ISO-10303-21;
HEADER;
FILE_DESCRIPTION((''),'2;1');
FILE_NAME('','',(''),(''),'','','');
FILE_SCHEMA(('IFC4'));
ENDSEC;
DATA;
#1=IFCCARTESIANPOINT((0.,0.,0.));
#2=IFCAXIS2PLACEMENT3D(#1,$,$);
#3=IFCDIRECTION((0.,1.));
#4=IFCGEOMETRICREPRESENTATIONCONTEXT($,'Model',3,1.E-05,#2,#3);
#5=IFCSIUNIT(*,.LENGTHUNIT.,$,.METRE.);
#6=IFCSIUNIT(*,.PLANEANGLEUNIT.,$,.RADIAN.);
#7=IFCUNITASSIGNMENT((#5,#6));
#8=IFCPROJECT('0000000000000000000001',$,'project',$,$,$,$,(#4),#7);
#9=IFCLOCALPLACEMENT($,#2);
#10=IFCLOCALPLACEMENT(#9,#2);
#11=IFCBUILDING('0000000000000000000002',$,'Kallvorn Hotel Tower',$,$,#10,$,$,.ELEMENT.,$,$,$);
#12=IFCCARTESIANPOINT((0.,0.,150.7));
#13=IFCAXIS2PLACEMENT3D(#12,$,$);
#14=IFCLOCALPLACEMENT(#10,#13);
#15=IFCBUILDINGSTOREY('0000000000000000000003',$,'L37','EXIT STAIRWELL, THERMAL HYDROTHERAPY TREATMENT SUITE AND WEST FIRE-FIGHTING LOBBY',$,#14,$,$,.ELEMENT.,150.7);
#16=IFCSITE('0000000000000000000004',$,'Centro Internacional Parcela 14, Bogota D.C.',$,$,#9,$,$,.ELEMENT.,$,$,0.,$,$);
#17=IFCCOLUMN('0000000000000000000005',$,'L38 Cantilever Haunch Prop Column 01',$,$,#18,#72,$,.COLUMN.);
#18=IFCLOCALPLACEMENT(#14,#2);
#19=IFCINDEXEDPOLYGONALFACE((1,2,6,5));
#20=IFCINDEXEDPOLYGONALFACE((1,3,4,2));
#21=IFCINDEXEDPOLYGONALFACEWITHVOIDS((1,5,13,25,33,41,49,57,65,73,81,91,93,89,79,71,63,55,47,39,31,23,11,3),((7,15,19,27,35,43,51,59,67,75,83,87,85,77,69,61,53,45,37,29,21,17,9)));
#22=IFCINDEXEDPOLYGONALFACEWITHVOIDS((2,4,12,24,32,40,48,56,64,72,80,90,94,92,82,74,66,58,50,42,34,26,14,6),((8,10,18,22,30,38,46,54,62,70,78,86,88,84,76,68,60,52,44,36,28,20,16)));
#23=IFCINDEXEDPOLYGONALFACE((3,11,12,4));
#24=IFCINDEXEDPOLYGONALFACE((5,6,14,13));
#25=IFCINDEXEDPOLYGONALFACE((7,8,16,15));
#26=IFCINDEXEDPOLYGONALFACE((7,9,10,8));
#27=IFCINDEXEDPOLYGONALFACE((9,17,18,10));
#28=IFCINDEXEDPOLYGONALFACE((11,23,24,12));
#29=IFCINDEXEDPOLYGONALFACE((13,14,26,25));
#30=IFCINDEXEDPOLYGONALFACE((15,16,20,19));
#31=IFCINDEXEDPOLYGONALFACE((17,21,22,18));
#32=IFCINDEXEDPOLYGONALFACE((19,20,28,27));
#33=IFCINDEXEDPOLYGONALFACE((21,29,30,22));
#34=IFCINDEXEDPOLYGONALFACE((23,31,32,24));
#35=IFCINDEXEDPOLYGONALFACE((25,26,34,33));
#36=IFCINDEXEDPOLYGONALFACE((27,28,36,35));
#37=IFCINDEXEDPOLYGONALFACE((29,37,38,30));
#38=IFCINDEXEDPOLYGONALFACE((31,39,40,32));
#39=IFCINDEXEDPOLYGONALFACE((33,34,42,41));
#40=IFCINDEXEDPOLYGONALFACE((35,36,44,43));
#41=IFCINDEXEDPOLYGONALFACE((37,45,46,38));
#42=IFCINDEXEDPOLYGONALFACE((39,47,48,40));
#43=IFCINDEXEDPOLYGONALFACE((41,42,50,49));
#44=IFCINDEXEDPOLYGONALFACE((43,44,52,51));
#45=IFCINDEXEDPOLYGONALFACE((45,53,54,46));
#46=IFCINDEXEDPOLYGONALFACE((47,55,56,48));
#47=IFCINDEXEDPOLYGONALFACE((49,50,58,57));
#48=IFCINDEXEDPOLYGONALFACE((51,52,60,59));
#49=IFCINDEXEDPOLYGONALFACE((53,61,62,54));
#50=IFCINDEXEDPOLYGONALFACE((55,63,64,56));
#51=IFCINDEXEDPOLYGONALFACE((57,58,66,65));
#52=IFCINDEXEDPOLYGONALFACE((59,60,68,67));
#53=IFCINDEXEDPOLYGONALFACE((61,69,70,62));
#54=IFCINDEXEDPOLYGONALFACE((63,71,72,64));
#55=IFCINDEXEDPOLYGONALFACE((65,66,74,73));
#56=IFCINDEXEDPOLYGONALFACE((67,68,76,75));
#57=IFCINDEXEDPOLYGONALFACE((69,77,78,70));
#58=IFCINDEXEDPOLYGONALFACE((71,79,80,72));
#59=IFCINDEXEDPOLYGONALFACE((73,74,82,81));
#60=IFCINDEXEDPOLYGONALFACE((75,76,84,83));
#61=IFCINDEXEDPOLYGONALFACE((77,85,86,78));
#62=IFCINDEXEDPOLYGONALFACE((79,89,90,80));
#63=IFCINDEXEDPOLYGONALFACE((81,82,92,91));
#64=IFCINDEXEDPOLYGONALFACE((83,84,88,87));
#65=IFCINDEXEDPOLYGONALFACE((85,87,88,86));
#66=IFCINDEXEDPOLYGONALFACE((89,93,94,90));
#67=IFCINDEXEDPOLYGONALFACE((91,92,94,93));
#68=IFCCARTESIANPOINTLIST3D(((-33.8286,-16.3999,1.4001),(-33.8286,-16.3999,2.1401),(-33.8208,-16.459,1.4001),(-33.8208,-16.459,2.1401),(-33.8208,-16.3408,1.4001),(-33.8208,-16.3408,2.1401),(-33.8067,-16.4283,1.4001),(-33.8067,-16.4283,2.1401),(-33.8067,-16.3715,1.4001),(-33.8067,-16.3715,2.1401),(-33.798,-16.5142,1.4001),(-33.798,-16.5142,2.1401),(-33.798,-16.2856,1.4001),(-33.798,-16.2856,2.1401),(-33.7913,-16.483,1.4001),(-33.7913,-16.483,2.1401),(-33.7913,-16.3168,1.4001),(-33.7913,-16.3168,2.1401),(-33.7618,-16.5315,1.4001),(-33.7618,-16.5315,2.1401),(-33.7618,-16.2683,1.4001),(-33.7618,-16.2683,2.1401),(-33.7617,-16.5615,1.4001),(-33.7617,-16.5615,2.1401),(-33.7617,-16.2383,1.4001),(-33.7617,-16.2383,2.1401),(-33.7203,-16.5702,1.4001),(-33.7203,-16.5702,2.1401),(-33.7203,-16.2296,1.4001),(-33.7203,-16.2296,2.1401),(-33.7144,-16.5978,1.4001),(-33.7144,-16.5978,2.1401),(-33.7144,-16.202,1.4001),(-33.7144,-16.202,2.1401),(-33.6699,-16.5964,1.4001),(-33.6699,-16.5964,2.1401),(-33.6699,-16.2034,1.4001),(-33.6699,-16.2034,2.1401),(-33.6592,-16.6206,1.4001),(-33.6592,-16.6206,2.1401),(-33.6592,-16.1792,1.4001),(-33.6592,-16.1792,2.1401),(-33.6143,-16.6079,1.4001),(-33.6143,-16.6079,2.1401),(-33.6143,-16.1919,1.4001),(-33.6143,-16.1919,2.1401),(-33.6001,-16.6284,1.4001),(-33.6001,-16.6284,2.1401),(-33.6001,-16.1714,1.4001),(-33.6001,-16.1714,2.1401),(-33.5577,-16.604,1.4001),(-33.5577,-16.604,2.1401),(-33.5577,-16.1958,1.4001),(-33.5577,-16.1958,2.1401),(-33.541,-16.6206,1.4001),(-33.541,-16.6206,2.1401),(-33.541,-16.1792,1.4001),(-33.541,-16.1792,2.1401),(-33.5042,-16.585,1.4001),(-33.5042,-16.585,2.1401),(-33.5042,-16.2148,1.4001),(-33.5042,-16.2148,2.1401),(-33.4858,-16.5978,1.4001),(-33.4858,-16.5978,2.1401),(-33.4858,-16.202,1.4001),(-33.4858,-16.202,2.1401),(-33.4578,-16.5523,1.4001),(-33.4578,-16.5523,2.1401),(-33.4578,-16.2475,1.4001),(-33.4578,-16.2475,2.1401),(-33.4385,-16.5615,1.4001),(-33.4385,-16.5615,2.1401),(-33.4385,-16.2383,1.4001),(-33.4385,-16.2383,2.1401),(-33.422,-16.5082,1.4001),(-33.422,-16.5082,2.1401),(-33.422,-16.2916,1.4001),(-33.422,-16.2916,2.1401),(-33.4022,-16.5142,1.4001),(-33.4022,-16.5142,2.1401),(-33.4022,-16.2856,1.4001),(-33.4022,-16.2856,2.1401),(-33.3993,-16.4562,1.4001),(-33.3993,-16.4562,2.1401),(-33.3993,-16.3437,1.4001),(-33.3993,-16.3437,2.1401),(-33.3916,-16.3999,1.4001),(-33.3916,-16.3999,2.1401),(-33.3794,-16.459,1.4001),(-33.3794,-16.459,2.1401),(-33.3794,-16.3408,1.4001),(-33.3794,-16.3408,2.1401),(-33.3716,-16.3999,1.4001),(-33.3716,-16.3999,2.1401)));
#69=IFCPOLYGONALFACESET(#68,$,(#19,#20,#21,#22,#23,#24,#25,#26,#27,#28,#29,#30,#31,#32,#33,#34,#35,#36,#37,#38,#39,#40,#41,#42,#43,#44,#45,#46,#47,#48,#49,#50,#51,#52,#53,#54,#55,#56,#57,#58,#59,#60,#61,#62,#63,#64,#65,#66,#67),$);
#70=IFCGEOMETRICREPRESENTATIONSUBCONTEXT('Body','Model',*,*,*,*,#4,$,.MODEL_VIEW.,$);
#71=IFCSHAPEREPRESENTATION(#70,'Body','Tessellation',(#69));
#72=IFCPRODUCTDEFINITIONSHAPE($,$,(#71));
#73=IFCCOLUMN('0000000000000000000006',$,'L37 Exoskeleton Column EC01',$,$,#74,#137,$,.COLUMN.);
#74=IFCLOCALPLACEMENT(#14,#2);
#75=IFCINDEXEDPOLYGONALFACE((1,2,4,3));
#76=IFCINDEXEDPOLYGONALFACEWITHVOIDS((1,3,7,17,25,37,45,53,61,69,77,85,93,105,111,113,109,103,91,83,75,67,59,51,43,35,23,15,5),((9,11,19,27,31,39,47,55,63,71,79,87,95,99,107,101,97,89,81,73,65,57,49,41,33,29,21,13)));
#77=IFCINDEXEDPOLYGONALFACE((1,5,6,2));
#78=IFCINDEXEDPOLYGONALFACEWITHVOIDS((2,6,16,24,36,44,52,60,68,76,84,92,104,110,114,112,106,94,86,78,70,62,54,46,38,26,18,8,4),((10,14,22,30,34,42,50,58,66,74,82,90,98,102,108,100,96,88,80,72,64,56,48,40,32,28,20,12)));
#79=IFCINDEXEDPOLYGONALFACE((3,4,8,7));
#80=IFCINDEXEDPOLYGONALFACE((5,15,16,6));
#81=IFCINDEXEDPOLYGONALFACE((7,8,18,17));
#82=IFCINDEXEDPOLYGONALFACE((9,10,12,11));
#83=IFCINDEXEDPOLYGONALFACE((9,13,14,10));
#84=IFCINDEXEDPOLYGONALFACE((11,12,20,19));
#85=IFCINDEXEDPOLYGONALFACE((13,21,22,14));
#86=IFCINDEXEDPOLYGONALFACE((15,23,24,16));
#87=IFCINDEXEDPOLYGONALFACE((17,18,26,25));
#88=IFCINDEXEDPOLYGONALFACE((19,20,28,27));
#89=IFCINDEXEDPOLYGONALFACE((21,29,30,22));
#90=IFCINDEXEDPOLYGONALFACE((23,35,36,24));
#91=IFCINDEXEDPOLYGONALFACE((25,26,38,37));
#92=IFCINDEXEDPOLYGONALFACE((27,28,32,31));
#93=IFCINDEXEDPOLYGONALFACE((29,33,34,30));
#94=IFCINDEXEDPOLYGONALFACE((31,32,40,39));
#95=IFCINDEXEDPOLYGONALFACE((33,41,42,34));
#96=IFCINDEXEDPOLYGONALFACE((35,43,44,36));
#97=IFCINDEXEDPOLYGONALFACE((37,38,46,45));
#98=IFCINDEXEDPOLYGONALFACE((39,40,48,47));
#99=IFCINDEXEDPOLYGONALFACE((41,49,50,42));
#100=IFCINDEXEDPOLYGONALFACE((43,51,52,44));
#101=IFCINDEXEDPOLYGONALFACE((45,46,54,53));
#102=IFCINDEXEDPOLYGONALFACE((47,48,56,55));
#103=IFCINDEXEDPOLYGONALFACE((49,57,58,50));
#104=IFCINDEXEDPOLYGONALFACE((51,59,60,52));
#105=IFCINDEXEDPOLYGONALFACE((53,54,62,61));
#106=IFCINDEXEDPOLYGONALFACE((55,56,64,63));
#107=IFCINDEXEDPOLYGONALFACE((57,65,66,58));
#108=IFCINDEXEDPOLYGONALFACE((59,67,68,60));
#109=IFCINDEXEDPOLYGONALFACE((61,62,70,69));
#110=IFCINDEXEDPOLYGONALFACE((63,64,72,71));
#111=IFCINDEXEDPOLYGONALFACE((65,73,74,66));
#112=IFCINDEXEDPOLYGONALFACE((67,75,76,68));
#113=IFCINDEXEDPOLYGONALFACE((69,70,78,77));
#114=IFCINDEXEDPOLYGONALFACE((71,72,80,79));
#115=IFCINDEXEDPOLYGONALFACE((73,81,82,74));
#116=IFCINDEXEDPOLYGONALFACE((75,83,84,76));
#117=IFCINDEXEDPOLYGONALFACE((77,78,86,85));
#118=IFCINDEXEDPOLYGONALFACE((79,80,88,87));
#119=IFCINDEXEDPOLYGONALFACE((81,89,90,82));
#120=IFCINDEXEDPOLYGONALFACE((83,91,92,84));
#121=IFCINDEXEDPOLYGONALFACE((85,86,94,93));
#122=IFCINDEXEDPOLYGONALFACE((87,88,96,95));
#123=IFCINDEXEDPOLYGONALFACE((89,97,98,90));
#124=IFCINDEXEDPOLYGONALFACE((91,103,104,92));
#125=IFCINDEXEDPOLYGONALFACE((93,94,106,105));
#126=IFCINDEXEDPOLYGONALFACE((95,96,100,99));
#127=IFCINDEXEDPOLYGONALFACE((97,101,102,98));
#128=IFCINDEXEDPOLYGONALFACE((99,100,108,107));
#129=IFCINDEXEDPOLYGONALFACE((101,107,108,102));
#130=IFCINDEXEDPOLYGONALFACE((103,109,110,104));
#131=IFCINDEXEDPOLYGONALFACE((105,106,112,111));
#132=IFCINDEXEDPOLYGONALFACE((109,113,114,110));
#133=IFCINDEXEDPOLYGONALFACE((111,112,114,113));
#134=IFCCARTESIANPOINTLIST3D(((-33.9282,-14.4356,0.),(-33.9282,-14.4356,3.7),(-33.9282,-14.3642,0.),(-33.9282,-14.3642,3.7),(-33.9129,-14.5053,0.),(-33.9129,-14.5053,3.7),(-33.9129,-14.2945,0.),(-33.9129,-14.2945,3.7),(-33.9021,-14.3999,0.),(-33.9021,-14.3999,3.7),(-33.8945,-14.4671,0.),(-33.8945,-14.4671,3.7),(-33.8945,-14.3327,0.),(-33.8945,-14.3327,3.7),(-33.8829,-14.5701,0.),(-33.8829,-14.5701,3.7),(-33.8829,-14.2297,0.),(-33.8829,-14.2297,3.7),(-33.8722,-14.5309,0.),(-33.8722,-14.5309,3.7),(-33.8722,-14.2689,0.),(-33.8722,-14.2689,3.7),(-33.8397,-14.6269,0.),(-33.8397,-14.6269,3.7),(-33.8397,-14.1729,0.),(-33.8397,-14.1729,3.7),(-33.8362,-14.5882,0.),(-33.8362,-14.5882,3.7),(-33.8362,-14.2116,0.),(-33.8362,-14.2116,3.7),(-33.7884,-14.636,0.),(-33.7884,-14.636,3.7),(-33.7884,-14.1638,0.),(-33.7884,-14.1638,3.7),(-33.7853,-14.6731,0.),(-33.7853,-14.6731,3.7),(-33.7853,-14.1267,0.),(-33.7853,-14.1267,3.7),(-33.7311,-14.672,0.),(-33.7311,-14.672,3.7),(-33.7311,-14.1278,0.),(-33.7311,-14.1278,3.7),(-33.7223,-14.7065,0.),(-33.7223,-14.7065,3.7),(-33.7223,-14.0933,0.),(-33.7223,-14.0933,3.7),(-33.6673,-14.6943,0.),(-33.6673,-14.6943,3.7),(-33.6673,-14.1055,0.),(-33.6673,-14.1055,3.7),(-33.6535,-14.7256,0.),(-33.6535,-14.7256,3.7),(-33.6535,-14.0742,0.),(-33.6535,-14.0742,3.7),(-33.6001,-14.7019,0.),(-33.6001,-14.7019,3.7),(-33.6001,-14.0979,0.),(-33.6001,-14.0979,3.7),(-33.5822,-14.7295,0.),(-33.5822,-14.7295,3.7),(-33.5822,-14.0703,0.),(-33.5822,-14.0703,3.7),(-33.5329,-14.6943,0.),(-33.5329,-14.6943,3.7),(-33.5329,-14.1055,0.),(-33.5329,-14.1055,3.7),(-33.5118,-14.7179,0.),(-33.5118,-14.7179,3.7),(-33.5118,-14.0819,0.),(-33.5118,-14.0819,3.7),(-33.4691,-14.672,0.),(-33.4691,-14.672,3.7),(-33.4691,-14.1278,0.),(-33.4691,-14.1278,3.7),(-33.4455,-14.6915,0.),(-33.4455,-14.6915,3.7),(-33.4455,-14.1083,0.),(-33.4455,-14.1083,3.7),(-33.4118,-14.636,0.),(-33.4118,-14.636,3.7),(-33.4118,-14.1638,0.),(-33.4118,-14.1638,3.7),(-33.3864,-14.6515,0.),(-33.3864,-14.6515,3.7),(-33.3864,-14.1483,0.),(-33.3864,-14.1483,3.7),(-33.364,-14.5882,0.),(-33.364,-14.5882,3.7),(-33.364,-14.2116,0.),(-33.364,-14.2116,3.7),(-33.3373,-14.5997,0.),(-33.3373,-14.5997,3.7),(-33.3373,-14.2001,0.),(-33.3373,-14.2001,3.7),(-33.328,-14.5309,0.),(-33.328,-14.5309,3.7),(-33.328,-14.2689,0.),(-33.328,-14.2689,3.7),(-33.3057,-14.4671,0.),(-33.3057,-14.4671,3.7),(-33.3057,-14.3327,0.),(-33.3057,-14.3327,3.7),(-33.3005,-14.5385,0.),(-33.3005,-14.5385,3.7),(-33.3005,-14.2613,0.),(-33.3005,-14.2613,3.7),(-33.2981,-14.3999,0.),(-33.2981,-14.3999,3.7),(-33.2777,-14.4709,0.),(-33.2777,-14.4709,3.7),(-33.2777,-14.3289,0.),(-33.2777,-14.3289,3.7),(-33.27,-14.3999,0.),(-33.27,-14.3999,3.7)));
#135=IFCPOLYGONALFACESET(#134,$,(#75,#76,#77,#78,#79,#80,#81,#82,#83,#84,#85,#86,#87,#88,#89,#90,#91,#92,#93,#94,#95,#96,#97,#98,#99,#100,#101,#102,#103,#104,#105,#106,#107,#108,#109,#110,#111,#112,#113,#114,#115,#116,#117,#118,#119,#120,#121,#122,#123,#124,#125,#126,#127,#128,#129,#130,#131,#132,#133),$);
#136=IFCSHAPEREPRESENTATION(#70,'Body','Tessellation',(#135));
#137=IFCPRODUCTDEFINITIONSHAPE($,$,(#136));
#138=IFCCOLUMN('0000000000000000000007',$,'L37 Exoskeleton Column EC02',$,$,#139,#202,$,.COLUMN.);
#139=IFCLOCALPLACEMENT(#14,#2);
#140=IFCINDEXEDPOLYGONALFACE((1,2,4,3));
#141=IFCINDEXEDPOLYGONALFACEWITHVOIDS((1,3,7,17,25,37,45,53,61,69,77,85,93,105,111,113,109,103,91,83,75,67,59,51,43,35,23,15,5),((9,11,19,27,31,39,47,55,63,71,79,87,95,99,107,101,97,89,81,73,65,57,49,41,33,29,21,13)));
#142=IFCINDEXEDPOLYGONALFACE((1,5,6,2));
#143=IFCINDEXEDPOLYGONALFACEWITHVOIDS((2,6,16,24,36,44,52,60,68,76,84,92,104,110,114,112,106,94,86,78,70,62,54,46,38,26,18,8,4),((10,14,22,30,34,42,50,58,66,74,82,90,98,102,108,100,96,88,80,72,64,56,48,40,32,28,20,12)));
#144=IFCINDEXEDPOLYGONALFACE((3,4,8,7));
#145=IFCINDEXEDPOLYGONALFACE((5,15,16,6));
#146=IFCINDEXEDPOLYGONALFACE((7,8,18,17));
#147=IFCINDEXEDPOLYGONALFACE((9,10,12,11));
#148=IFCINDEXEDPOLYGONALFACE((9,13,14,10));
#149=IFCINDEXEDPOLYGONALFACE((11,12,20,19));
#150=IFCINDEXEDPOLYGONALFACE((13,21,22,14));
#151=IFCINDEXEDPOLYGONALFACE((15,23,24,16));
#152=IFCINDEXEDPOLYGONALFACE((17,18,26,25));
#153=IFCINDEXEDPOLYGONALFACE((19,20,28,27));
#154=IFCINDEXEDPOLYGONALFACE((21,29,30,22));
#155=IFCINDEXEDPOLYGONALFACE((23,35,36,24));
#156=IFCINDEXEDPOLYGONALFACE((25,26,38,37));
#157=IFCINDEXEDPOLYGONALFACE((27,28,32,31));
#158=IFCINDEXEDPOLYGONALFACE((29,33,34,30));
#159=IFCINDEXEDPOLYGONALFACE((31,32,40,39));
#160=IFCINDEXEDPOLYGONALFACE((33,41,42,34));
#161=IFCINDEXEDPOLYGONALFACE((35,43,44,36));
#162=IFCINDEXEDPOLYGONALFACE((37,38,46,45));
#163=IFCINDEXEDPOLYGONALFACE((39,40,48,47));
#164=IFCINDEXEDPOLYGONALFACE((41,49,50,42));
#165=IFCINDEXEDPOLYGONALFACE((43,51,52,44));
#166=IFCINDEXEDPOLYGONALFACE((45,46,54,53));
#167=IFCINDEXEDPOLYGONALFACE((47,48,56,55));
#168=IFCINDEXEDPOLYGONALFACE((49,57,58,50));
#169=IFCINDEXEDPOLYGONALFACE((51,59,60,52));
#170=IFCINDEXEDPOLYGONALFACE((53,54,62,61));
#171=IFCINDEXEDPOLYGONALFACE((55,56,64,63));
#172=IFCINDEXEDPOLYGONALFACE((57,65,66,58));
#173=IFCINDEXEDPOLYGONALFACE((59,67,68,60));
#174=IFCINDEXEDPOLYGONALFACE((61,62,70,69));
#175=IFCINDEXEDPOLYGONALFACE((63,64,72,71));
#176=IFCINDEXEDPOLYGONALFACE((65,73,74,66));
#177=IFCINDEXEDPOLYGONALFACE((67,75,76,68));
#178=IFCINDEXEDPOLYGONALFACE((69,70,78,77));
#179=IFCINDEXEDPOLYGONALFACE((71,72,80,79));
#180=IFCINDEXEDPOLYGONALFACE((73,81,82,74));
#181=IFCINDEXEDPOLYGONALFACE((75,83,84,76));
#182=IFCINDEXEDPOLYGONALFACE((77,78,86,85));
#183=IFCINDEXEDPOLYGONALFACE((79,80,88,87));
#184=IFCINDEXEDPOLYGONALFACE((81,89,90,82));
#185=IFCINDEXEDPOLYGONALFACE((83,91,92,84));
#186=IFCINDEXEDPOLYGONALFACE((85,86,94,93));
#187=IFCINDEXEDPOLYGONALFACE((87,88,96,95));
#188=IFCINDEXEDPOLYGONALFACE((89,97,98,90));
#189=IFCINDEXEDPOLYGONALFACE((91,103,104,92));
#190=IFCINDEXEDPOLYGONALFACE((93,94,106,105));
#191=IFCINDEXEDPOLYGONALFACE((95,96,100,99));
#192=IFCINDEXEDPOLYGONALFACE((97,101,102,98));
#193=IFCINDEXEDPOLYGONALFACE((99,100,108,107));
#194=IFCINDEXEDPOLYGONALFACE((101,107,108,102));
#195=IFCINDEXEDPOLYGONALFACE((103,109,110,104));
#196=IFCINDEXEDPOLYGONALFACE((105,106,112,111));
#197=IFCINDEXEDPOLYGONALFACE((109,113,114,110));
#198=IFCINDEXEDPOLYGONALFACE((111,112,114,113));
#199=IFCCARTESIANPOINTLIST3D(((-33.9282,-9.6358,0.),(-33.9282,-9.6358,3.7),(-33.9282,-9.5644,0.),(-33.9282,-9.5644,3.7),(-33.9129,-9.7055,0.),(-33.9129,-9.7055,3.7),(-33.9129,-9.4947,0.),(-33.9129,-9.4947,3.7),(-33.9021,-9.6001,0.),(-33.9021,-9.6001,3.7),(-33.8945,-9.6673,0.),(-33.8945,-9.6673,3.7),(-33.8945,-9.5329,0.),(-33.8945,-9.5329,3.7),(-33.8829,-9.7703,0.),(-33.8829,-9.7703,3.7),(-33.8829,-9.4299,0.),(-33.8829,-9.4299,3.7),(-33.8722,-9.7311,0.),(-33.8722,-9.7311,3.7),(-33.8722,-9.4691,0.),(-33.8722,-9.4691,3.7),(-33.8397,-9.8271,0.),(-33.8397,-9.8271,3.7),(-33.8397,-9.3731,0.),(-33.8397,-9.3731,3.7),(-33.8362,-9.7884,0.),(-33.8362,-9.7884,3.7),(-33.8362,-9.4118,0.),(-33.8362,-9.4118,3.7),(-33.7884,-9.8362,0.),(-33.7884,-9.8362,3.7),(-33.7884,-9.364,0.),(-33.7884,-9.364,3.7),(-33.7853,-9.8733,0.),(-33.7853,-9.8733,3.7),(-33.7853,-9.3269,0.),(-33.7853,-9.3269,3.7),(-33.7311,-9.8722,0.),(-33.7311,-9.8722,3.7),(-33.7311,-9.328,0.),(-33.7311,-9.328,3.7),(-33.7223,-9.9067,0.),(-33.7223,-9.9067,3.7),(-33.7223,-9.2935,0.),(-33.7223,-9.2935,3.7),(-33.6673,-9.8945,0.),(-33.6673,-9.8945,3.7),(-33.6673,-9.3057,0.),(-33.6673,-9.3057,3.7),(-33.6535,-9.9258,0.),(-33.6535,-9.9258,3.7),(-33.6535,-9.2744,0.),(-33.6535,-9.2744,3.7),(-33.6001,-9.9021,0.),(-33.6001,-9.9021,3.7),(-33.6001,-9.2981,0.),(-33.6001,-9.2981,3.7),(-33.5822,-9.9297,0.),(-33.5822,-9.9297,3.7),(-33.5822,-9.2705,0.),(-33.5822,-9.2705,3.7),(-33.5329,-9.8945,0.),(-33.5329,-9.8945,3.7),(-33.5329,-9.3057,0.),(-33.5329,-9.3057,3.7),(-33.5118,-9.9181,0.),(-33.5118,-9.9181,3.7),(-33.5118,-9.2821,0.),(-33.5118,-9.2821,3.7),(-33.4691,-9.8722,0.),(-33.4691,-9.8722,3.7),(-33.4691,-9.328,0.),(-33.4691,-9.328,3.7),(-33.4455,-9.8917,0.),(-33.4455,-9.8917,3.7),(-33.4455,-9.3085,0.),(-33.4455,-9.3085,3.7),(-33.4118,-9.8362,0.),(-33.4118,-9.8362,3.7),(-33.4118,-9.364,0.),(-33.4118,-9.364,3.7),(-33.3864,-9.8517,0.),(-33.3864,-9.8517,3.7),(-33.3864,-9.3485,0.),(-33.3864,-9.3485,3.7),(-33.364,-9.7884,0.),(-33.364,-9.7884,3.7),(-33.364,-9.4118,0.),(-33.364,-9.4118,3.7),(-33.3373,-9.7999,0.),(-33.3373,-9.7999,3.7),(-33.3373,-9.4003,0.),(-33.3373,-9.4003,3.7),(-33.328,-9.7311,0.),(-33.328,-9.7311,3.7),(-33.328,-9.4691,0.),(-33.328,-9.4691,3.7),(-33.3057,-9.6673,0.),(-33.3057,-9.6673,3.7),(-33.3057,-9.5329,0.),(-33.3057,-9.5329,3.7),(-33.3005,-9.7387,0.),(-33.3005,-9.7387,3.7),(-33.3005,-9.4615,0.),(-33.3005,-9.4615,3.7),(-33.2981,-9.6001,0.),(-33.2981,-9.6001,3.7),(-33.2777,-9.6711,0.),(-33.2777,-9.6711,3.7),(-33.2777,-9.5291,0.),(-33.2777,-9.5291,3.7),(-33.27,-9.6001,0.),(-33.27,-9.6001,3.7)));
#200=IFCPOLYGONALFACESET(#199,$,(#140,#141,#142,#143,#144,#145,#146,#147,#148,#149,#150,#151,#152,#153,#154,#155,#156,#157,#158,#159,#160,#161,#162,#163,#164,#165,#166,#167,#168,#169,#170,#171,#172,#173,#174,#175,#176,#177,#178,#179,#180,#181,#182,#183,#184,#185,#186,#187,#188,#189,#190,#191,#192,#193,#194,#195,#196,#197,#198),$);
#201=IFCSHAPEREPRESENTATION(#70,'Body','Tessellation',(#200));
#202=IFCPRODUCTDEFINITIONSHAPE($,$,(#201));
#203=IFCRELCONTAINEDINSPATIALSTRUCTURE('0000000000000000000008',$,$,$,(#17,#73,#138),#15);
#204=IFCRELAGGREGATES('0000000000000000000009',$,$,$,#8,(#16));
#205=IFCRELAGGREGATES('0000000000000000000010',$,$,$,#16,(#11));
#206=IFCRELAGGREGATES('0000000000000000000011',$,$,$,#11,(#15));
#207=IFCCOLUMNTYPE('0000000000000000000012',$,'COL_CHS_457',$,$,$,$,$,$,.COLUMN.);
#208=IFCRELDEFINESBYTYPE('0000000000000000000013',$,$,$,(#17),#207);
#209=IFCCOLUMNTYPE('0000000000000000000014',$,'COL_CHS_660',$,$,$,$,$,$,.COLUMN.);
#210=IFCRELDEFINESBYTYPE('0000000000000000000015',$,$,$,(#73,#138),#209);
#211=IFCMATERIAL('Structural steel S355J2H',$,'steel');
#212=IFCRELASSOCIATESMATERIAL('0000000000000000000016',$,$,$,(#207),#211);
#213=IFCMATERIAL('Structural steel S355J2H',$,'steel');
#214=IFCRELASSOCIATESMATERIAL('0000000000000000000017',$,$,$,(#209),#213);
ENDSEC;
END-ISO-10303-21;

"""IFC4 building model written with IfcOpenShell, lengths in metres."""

from ifc_helpers import new_model, si_unit, direction, frame, origin, origin_2d, place, context, subcontext, project, spatial, hollow_circle, extrude, material, material_profile, profile_set, type_object, element, save


model = new_model("IFC4")

# Units and contexts
model_context = context("Model", 3, precision=1e-05, world=origin(), true_north=direction((0.0, 1.0)))
body_context = subcontext(model_context, "Body", "Model", "MODEL_VIEW")
ifc_project = project(units=[si_unit("LENGTHUNIT", "METRE"), si_unit("PLANEANGLEUNIT", "RADIAN")], contexts=[model_context])

# Site, building, storey
site_placement = place(None, origin())
site = spatial("IfcSite", under=ifc_project, at=site_placement, Name="Centro Internacional Parcela 14, Bogota D.C.", CompositionType="ELEMENT", RefElevation=0.0)
building_placement = place(site_placement, origin())
building = spatial("IfcBuilding", under=site, at=building_placement, Name="Kallvorn Hotel Tower", CompositionType="ELEMENT")
storey_placement = place(building_placement, frame((0.0, 0.0, 150.7)))
storey = spatial("IfcBuildingStorey", under=building, at=storey_placement, Name="L37", Description="EXIT STAIRWELL, THERMAL HYDROTHERAPY TREATMENT SUITE AND WEST FIRE-FIGHTING LOBBY", CompositionType="ELEMENT", Elevation=150.7)

# Columns
ifc_material_1 = material(Name="Structural steel S355J2H", Category="steel")
ifc_material_profile_1 = material_profile(ifc_material_1, hollow_circle(Radius=0.2285, WallThickness=0.02, at=origin_2d()), Name="CHS 457x20")
ifc_profile_set_1 = profile_set([ifc_material_profile_1], Name="Structural steel S355J2H")
column_type_1 = type_object("IfcColumnType", Name="COL_CHS_457", PredefinedType="COLUMN", material=ifc_profile_set_1)
column_placement = place(storey_placement, frame((-33.6001, -16.3999, 1.4001), z_axis=(0.0, 0.0, 1.0), x_axis=(1.0, 0.0, 0.0)))
element("IfcColumn", 1, at=column_placement, inside=storey, type_object=column_type_1, Name="L38 Cantilever Haunch Prop Column 01", PredefinedType="COLUMN", context=body_context, shape_type="SweptSolid", body=[
    extrude(hollow_circle(Radius=0.2285, WallThickness=0.02, at=origin_2d()), origin(), (0.0, 0.0, 1.0), 0.74),
])
ifc_material_2 = material(Name="Structural steel S355J2H", Category="steel")
ifc_material_profile_2 = material_profile(ifc_material_2, hollow_circle(Radius=0.3301, WallThickness=0.0281, at=origin_2d()), Name="CHS 660x28")
ifc_profile_set_2 = profile_set([ifc_material_profile_2], Name="Structural steel S355J2H")
column_type_2 = type_object("IfcColumnType", Name="COL_CHS_660", PredefinedType="COLUMN", material=ifc_profile_set_2)
for number, where, z_axis, x_axis, name in (
    (2, (-33.6001, -14.3999, 0.0), (0.0, 0.0, 1.0), (1.0, 0.0, 0.0), "L37 Exoskeleton Column EC01"),
    (3, (-33.6001, -9.6001, 0.0), (0.0, 0.0, 1.0), (1.0, 0.0, 0.0), "L37 Exoskeleton Column EC02"),
):
    element("IfcColumn", number, at=place(storey_placement, frame(where, z_axis=z_axis, x_axis=x_axis)), inside=storey, type_object=column_type_2, Name=name, PredefinedType="COLUMN", context=body_context, shape_type="SweptSolid", body=[
        extrude(hollow_circle(Radius=0.3301, WallThickness=0.0281, at=origin_2d()), origin(), (0.0, 0.0, 1.0), 3.7),
    ])

save(model, "model.ifc")
